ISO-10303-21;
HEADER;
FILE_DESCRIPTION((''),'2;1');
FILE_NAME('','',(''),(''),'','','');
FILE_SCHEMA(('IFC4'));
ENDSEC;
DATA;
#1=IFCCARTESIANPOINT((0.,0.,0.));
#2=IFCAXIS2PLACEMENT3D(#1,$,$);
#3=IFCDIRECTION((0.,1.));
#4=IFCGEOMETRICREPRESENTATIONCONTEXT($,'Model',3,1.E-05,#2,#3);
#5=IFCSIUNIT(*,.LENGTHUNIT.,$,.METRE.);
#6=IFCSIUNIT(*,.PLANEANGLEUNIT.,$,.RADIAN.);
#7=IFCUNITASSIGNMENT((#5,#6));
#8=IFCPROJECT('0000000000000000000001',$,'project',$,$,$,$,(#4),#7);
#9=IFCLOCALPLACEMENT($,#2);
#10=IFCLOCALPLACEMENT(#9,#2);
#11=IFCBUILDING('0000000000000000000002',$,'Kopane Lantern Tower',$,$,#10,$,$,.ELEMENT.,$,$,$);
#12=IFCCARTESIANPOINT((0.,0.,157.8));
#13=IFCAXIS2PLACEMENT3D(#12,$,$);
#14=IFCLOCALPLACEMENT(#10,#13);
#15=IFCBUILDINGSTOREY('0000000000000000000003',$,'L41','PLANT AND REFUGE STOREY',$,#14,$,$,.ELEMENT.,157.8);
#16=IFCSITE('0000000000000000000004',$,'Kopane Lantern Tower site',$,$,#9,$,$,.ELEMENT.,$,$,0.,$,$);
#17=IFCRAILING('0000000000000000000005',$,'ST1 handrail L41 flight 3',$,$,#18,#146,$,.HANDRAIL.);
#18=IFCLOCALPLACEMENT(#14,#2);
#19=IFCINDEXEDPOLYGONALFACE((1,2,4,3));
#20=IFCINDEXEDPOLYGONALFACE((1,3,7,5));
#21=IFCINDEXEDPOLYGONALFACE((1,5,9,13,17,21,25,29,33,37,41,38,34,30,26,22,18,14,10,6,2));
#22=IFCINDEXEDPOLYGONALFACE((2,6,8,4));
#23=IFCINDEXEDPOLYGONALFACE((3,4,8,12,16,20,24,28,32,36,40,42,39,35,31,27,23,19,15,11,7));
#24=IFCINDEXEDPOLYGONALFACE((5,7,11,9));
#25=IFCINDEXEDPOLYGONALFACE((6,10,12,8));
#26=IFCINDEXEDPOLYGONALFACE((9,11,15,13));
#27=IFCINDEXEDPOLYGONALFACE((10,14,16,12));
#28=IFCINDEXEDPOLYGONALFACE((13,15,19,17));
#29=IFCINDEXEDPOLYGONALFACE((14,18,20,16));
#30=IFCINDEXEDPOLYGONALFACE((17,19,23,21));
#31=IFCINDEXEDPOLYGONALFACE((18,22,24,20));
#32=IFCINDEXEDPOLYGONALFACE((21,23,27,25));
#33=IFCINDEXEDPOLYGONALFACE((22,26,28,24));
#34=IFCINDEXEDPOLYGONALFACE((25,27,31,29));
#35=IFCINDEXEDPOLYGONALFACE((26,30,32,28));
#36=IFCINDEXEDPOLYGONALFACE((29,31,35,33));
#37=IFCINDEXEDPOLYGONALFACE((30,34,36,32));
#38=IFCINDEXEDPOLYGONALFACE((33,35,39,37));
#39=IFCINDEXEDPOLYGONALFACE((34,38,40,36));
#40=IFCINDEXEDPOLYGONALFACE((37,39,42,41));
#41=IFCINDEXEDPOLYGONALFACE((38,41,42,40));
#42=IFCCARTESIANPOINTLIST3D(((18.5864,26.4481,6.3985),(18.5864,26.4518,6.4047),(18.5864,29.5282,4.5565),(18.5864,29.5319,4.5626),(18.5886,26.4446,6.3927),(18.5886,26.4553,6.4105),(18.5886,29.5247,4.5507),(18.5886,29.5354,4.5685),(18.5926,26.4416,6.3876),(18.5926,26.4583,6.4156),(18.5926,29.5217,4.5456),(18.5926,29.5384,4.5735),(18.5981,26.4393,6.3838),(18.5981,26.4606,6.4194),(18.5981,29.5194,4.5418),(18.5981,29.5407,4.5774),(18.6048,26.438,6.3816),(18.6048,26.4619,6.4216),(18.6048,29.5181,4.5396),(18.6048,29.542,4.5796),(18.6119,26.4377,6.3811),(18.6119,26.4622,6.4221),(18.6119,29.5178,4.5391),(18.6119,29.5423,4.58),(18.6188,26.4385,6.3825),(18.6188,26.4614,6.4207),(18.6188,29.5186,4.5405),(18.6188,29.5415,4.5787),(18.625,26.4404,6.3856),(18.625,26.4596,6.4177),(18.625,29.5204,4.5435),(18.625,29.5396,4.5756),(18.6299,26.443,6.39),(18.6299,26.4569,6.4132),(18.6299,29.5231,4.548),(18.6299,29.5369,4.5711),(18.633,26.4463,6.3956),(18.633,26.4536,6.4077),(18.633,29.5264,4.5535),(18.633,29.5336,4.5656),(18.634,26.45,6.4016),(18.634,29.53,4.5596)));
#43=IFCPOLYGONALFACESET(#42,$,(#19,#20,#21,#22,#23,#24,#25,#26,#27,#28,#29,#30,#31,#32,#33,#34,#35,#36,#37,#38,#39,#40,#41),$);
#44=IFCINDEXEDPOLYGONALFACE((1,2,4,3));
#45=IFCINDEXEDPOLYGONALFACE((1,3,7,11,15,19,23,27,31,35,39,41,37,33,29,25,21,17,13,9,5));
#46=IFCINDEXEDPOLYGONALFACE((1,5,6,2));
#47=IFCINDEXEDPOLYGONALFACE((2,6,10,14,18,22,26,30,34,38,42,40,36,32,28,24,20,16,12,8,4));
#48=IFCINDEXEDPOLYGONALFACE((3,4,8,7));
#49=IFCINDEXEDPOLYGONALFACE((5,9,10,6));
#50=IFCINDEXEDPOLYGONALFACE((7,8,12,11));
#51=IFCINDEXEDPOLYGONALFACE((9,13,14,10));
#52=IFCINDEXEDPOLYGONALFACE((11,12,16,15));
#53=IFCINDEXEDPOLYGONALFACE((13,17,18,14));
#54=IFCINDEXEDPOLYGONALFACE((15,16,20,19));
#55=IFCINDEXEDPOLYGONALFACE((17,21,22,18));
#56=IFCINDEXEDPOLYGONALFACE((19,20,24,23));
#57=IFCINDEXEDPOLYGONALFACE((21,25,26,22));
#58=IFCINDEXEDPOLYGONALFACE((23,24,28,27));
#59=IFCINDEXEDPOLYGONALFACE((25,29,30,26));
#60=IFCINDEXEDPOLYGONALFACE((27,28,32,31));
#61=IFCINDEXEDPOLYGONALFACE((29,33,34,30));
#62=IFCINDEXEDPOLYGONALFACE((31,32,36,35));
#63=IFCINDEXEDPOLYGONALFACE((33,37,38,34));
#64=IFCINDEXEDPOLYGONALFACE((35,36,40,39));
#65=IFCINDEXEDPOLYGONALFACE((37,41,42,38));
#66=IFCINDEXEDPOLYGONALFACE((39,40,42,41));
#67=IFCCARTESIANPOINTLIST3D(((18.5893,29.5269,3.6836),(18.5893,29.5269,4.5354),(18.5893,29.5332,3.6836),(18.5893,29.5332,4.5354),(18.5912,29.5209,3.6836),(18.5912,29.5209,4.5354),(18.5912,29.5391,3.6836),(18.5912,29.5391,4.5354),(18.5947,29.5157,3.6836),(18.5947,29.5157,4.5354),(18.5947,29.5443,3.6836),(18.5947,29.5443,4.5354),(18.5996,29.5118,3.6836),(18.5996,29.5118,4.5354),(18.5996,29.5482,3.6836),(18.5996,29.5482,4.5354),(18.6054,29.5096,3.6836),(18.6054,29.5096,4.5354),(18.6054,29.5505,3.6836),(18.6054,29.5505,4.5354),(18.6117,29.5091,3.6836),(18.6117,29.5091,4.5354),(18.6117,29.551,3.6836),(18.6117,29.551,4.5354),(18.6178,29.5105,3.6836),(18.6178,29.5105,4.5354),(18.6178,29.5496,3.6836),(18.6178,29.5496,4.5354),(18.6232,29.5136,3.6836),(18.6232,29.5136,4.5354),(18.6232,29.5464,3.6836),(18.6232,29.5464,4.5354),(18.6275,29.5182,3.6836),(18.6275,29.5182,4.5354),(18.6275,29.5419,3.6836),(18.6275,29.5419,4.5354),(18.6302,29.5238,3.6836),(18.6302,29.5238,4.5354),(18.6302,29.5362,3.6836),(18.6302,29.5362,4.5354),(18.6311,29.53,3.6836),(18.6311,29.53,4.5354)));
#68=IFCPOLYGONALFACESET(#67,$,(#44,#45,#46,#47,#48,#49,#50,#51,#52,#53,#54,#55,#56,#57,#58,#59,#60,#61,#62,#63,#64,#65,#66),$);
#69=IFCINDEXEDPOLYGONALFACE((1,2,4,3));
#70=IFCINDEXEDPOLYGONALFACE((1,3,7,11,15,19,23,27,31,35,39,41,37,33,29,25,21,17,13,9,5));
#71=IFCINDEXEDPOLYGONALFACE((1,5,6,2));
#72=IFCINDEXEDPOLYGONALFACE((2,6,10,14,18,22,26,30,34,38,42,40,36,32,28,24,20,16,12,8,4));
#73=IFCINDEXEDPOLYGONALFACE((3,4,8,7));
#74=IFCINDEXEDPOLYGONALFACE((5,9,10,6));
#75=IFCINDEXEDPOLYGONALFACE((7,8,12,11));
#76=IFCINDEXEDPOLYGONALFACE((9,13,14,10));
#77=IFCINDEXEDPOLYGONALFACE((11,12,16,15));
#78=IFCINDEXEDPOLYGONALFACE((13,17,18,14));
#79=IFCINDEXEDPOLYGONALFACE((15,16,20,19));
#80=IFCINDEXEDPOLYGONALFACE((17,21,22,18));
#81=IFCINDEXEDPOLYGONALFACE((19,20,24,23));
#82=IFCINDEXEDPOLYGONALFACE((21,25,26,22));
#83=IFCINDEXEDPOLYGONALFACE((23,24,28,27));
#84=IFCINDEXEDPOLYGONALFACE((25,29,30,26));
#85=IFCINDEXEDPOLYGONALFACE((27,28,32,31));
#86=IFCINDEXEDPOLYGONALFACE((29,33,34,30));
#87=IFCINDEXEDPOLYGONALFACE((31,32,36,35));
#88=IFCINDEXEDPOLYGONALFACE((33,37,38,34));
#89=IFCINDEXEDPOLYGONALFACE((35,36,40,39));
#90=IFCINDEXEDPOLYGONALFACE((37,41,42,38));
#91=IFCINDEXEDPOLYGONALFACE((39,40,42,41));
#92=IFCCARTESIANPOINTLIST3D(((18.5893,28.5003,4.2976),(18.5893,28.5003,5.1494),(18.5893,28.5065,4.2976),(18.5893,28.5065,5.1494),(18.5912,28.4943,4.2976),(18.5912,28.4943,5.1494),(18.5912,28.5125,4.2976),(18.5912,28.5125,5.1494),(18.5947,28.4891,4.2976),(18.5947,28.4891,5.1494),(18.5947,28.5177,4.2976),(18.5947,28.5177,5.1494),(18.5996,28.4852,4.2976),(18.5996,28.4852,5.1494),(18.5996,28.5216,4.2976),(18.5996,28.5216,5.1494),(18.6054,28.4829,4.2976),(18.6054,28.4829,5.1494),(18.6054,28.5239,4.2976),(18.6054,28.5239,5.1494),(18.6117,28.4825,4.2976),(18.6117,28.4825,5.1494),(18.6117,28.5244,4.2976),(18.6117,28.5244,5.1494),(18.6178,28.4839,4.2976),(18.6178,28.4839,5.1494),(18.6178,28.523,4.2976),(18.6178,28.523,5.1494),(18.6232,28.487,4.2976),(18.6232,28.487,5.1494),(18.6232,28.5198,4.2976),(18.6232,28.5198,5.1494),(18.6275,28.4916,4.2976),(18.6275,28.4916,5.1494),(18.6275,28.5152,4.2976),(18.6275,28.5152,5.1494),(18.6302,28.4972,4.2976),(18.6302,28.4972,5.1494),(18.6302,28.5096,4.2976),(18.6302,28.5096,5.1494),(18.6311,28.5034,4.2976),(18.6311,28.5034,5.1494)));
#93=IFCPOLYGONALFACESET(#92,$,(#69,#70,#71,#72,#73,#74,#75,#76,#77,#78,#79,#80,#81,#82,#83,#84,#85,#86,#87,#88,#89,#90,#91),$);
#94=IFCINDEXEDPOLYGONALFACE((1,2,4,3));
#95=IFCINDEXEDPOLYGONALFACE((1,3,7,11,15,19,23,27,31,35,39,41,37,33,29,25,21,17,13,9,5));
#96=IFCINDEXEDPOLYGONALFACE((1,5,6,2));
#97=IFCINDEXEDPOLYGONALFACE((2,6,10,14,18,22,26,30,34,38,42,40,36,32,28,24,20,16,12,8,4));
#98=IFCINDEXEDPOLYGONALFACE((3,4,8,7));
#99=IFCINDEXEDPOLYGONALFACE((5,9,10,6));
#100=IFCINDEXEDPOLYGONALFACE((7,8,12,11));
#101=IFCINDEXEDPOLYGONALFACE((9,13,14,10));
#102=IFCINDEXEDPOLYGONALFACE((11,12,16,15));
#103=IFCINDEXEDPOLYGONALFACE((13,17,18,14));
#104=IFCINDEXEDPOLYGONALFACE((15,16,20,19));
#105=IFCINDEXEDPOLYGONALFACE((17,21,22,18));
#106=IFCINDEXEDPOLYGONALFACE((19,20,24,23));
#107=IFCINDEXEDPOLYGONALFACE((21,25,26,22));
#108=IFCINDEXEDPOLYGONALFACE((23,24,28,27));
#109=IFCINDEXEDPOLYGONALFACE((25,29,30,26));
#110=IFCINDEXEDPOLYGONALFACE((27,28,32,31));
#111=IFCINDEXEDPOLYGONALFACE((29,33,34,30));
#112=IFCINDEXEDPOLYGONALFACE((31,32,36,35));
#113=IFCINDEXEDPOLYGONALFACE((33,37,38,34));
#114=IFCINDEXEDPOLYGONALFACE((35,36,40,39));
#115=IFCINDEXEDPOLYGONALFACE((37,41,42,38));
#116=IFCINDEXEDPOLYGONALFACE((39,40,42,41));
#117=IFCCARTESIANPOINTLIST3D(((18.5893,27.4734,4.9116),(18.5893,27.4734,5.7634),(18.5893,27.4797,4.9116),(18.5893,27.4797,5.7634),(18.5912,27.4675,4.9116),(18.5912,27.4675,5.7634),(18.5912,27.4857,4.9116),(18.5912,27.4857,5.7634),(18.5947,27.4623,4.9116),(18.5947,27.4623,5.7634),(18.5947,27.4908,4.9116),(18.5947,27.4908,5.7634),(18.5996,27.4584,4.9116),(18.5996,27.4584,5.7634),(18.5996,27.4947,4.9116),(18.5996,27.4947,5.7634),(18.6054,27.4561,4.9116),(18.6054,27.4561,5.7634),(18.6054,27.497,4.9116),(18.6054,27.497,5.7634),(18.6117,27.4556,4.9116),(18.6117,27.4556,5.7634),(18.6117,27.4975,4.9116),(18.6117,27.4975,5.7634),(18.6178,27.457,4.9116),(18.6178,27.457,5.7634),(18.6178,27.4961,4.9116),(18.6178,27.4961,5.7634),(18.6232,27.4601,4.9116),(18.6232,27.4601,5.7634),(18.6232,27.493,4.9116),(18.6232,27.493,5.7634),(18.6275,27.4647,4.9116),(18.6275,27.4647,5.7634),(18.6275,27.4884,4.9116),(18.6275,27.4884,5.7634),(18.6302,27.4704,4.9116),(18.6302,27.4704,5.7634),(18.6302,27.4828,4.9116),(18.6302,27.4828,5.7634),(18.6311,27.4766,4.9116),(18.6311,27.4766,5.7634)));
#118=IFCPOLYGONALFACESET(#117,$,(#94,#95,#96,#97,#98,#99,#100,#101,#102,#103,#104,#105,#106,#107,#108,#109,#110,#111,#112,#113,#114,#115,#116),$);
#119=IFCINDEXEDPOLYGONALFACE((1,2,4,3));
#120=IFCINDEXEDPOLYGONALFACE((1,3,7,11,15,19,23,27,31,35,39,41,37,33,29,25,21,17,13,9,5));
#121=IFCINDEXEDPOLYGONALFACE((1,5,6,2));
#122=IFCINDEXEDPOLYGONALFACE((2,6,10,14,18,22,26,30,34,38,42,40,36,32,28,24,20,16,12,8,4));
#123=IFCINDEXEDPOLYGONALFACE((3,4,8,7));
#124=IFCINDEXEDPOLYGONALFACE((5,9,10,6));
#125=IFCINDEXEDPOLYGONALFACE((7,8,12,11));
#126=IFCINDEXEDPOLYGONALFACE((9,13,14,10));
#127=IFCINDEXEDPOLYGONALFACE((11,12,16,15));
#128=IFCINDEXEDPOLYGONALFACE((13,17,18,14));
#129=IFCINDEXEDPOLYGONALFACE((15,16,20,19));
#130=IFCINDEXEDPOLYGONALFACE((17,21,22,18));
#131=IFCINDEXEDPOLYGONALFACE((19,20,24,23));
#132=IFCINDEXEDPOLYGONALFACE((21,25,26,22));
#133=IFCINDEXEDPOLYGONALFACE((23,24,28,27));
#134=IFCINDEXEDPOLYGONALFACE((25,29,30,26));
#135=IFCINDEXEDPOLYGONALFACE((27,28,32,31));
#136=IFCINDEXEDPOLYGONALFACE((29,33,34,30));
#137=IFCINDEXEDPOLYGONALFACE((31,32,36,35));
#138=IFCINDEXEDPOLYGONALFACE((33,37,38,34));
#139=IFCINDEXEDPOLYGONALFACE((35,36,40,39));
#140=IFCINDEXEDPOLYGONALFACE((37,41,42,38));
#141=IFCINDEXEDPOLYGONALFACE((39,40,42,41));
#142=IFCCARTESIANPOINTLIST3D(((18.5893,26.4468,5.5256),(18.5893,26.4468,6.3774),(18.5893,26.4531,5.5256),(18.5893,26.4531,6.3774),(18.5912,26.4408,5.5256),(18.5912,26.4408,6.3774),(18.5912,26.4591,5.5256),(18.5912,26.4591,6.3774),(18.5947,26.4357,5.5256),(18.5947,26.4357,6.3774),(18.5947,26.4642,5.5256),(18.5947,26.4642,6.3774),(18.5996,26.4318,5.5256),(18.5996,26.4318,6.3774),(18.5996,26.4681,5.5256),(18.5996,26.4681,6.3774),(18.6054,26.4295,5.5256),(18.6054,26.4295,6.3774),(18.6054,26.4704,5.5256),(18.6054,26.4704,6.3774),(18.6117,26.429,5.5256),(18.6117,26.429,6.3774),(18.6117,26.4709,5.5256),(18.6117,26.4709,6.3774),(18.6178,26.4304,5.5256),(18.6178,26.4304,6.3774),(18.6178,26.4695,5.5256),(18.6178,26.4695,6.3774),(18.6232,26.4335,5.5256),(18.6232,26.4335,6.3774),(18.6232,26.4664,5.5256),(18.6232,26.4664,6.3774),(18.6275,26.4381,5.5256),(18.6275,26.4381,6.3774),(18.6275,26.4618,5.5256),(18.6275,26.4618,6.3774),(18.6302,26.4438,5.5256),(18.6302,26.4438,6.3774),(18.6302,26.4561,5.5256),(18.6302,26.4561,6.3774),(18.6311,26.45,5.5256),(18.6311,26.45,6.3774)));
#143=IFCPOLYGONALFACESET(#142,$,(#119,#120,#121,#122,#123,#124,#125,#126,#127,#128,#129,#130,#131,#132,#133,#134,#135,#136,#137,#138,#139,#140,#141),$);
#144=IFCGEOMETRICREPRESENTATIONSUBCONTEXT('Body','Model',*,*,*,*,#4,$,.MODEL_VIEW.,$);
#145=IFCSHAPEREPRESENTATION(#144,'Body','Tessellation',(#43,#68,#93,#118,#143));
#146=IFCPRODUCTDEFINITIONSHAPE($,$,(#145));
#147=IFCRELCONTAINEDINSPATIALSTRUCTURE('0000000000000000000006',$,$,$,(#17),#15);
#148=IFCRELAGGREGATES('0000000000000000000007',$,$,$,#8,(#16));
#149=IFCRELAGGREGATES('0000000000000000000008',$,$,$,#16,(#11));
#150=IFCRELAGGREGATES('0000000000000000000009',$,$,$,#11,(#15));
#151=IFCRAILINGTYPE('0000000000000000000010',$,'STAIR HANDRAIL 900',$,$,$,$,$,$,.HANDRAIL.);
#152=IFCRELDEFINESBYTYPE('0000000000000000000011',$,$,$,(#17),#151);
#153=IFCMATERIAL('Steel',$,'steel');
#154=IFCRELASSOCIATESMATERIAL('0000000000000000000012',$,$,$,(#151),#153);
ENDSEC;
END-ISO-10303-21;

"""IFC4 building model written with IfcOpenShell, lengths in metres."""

from ifc_helpers import new_model, si_unit, direction, frame, origin, origin_2d, place, context, subcontext, project, spatial, circle, extrude, material, type_object, element, save


model = new_model("IFC4")

# Units and contexts
model_context = context("Model", 3, precision=1e-05, world=origin(), true_north=direction((0.0, 1.0)))
body_context = subcontext(model_context, "Body", "Model", "MODEL_VIEW")
ifc_project = project(units=[si_unit("LENGTHUNIT", "METRE"), si_unit("PLANEANGLEUNIT", "RADIAN")], contexts=[model_context])

# Site, building, storey
site_placement = place(None, origin())
site = spatial("IfcSite", under=ifc_project, at=site_placement, Name="Kopane Lantern Tower site", CompositionType="ELEMENT", RefElevation=0.0)
building_placement = place(site_placement, origin())
building = spatial("IfcBuilding", under=site, at=building_placement, Name="Kopane Lantern Tower", CompositionType="ELEMENT")
storey_placement = place(building_placement, frame((0.0, 0.0, 157.8)))
storey = spatial("IfcBuildingStorey", under=building, at=storey_placement, Name="L41", Description="PLANT AND REFUGE STOREY", CompositionType="ELEMENT", Elevation=157.8)

# Railing
ifc_material_1 = material(Name="Steel", Category="steel")
railing_type = type_object("IfcRailingType", Name="STAIR HANDRAIL 900", PredefinedType="HANDRAIL", material=ifc_material_1)
for number, where, name in (
    (1, (18.6101, 29.53, 3.6836), "ST1 handrail L41 flight 3"),
):
    element("IfcRailing", number, at=place(storey_placement, frame(where)), inside=storey, type_object=railing_type, Name=name, PredefinedType="HANDRAIL", context=body_context, shape_type="SweptSolid", body=[
        extrude(circle(Radius=0.0239, at=origin_2d()), frame((0.0, 0.0, 0.876), z_axis=(0.0, -0.85823, 0.513265), x_axis=(1.0, 0.0, 0.0)), (0.0, 0.0, 1.0), 3.5889),
        extrude(circle(Radius=0.021, at=origin_2d()), origin(), (0.0, 0.0, 1.0), 0.8518),
        extrude(circle(Radius=0.021, at=origin_2d()), frame((0.0, -1.0266, 0.614)), (0.0, 0.0, 1.0), 0.8518),
        extrude(circle(Radius=0.021, at=origin_2d()), frame((0.0, -2.0535, 1.228)), (0.0, 0.0, 1.0), 0.8518),
        extrude(circle(Radius=0.021, at=origin_2d()), frame((0.0, -3.0801, 1.842)), (0.0, 0.0, 1.0), 0.8518),
    ])

save(model, "model.ifc")
